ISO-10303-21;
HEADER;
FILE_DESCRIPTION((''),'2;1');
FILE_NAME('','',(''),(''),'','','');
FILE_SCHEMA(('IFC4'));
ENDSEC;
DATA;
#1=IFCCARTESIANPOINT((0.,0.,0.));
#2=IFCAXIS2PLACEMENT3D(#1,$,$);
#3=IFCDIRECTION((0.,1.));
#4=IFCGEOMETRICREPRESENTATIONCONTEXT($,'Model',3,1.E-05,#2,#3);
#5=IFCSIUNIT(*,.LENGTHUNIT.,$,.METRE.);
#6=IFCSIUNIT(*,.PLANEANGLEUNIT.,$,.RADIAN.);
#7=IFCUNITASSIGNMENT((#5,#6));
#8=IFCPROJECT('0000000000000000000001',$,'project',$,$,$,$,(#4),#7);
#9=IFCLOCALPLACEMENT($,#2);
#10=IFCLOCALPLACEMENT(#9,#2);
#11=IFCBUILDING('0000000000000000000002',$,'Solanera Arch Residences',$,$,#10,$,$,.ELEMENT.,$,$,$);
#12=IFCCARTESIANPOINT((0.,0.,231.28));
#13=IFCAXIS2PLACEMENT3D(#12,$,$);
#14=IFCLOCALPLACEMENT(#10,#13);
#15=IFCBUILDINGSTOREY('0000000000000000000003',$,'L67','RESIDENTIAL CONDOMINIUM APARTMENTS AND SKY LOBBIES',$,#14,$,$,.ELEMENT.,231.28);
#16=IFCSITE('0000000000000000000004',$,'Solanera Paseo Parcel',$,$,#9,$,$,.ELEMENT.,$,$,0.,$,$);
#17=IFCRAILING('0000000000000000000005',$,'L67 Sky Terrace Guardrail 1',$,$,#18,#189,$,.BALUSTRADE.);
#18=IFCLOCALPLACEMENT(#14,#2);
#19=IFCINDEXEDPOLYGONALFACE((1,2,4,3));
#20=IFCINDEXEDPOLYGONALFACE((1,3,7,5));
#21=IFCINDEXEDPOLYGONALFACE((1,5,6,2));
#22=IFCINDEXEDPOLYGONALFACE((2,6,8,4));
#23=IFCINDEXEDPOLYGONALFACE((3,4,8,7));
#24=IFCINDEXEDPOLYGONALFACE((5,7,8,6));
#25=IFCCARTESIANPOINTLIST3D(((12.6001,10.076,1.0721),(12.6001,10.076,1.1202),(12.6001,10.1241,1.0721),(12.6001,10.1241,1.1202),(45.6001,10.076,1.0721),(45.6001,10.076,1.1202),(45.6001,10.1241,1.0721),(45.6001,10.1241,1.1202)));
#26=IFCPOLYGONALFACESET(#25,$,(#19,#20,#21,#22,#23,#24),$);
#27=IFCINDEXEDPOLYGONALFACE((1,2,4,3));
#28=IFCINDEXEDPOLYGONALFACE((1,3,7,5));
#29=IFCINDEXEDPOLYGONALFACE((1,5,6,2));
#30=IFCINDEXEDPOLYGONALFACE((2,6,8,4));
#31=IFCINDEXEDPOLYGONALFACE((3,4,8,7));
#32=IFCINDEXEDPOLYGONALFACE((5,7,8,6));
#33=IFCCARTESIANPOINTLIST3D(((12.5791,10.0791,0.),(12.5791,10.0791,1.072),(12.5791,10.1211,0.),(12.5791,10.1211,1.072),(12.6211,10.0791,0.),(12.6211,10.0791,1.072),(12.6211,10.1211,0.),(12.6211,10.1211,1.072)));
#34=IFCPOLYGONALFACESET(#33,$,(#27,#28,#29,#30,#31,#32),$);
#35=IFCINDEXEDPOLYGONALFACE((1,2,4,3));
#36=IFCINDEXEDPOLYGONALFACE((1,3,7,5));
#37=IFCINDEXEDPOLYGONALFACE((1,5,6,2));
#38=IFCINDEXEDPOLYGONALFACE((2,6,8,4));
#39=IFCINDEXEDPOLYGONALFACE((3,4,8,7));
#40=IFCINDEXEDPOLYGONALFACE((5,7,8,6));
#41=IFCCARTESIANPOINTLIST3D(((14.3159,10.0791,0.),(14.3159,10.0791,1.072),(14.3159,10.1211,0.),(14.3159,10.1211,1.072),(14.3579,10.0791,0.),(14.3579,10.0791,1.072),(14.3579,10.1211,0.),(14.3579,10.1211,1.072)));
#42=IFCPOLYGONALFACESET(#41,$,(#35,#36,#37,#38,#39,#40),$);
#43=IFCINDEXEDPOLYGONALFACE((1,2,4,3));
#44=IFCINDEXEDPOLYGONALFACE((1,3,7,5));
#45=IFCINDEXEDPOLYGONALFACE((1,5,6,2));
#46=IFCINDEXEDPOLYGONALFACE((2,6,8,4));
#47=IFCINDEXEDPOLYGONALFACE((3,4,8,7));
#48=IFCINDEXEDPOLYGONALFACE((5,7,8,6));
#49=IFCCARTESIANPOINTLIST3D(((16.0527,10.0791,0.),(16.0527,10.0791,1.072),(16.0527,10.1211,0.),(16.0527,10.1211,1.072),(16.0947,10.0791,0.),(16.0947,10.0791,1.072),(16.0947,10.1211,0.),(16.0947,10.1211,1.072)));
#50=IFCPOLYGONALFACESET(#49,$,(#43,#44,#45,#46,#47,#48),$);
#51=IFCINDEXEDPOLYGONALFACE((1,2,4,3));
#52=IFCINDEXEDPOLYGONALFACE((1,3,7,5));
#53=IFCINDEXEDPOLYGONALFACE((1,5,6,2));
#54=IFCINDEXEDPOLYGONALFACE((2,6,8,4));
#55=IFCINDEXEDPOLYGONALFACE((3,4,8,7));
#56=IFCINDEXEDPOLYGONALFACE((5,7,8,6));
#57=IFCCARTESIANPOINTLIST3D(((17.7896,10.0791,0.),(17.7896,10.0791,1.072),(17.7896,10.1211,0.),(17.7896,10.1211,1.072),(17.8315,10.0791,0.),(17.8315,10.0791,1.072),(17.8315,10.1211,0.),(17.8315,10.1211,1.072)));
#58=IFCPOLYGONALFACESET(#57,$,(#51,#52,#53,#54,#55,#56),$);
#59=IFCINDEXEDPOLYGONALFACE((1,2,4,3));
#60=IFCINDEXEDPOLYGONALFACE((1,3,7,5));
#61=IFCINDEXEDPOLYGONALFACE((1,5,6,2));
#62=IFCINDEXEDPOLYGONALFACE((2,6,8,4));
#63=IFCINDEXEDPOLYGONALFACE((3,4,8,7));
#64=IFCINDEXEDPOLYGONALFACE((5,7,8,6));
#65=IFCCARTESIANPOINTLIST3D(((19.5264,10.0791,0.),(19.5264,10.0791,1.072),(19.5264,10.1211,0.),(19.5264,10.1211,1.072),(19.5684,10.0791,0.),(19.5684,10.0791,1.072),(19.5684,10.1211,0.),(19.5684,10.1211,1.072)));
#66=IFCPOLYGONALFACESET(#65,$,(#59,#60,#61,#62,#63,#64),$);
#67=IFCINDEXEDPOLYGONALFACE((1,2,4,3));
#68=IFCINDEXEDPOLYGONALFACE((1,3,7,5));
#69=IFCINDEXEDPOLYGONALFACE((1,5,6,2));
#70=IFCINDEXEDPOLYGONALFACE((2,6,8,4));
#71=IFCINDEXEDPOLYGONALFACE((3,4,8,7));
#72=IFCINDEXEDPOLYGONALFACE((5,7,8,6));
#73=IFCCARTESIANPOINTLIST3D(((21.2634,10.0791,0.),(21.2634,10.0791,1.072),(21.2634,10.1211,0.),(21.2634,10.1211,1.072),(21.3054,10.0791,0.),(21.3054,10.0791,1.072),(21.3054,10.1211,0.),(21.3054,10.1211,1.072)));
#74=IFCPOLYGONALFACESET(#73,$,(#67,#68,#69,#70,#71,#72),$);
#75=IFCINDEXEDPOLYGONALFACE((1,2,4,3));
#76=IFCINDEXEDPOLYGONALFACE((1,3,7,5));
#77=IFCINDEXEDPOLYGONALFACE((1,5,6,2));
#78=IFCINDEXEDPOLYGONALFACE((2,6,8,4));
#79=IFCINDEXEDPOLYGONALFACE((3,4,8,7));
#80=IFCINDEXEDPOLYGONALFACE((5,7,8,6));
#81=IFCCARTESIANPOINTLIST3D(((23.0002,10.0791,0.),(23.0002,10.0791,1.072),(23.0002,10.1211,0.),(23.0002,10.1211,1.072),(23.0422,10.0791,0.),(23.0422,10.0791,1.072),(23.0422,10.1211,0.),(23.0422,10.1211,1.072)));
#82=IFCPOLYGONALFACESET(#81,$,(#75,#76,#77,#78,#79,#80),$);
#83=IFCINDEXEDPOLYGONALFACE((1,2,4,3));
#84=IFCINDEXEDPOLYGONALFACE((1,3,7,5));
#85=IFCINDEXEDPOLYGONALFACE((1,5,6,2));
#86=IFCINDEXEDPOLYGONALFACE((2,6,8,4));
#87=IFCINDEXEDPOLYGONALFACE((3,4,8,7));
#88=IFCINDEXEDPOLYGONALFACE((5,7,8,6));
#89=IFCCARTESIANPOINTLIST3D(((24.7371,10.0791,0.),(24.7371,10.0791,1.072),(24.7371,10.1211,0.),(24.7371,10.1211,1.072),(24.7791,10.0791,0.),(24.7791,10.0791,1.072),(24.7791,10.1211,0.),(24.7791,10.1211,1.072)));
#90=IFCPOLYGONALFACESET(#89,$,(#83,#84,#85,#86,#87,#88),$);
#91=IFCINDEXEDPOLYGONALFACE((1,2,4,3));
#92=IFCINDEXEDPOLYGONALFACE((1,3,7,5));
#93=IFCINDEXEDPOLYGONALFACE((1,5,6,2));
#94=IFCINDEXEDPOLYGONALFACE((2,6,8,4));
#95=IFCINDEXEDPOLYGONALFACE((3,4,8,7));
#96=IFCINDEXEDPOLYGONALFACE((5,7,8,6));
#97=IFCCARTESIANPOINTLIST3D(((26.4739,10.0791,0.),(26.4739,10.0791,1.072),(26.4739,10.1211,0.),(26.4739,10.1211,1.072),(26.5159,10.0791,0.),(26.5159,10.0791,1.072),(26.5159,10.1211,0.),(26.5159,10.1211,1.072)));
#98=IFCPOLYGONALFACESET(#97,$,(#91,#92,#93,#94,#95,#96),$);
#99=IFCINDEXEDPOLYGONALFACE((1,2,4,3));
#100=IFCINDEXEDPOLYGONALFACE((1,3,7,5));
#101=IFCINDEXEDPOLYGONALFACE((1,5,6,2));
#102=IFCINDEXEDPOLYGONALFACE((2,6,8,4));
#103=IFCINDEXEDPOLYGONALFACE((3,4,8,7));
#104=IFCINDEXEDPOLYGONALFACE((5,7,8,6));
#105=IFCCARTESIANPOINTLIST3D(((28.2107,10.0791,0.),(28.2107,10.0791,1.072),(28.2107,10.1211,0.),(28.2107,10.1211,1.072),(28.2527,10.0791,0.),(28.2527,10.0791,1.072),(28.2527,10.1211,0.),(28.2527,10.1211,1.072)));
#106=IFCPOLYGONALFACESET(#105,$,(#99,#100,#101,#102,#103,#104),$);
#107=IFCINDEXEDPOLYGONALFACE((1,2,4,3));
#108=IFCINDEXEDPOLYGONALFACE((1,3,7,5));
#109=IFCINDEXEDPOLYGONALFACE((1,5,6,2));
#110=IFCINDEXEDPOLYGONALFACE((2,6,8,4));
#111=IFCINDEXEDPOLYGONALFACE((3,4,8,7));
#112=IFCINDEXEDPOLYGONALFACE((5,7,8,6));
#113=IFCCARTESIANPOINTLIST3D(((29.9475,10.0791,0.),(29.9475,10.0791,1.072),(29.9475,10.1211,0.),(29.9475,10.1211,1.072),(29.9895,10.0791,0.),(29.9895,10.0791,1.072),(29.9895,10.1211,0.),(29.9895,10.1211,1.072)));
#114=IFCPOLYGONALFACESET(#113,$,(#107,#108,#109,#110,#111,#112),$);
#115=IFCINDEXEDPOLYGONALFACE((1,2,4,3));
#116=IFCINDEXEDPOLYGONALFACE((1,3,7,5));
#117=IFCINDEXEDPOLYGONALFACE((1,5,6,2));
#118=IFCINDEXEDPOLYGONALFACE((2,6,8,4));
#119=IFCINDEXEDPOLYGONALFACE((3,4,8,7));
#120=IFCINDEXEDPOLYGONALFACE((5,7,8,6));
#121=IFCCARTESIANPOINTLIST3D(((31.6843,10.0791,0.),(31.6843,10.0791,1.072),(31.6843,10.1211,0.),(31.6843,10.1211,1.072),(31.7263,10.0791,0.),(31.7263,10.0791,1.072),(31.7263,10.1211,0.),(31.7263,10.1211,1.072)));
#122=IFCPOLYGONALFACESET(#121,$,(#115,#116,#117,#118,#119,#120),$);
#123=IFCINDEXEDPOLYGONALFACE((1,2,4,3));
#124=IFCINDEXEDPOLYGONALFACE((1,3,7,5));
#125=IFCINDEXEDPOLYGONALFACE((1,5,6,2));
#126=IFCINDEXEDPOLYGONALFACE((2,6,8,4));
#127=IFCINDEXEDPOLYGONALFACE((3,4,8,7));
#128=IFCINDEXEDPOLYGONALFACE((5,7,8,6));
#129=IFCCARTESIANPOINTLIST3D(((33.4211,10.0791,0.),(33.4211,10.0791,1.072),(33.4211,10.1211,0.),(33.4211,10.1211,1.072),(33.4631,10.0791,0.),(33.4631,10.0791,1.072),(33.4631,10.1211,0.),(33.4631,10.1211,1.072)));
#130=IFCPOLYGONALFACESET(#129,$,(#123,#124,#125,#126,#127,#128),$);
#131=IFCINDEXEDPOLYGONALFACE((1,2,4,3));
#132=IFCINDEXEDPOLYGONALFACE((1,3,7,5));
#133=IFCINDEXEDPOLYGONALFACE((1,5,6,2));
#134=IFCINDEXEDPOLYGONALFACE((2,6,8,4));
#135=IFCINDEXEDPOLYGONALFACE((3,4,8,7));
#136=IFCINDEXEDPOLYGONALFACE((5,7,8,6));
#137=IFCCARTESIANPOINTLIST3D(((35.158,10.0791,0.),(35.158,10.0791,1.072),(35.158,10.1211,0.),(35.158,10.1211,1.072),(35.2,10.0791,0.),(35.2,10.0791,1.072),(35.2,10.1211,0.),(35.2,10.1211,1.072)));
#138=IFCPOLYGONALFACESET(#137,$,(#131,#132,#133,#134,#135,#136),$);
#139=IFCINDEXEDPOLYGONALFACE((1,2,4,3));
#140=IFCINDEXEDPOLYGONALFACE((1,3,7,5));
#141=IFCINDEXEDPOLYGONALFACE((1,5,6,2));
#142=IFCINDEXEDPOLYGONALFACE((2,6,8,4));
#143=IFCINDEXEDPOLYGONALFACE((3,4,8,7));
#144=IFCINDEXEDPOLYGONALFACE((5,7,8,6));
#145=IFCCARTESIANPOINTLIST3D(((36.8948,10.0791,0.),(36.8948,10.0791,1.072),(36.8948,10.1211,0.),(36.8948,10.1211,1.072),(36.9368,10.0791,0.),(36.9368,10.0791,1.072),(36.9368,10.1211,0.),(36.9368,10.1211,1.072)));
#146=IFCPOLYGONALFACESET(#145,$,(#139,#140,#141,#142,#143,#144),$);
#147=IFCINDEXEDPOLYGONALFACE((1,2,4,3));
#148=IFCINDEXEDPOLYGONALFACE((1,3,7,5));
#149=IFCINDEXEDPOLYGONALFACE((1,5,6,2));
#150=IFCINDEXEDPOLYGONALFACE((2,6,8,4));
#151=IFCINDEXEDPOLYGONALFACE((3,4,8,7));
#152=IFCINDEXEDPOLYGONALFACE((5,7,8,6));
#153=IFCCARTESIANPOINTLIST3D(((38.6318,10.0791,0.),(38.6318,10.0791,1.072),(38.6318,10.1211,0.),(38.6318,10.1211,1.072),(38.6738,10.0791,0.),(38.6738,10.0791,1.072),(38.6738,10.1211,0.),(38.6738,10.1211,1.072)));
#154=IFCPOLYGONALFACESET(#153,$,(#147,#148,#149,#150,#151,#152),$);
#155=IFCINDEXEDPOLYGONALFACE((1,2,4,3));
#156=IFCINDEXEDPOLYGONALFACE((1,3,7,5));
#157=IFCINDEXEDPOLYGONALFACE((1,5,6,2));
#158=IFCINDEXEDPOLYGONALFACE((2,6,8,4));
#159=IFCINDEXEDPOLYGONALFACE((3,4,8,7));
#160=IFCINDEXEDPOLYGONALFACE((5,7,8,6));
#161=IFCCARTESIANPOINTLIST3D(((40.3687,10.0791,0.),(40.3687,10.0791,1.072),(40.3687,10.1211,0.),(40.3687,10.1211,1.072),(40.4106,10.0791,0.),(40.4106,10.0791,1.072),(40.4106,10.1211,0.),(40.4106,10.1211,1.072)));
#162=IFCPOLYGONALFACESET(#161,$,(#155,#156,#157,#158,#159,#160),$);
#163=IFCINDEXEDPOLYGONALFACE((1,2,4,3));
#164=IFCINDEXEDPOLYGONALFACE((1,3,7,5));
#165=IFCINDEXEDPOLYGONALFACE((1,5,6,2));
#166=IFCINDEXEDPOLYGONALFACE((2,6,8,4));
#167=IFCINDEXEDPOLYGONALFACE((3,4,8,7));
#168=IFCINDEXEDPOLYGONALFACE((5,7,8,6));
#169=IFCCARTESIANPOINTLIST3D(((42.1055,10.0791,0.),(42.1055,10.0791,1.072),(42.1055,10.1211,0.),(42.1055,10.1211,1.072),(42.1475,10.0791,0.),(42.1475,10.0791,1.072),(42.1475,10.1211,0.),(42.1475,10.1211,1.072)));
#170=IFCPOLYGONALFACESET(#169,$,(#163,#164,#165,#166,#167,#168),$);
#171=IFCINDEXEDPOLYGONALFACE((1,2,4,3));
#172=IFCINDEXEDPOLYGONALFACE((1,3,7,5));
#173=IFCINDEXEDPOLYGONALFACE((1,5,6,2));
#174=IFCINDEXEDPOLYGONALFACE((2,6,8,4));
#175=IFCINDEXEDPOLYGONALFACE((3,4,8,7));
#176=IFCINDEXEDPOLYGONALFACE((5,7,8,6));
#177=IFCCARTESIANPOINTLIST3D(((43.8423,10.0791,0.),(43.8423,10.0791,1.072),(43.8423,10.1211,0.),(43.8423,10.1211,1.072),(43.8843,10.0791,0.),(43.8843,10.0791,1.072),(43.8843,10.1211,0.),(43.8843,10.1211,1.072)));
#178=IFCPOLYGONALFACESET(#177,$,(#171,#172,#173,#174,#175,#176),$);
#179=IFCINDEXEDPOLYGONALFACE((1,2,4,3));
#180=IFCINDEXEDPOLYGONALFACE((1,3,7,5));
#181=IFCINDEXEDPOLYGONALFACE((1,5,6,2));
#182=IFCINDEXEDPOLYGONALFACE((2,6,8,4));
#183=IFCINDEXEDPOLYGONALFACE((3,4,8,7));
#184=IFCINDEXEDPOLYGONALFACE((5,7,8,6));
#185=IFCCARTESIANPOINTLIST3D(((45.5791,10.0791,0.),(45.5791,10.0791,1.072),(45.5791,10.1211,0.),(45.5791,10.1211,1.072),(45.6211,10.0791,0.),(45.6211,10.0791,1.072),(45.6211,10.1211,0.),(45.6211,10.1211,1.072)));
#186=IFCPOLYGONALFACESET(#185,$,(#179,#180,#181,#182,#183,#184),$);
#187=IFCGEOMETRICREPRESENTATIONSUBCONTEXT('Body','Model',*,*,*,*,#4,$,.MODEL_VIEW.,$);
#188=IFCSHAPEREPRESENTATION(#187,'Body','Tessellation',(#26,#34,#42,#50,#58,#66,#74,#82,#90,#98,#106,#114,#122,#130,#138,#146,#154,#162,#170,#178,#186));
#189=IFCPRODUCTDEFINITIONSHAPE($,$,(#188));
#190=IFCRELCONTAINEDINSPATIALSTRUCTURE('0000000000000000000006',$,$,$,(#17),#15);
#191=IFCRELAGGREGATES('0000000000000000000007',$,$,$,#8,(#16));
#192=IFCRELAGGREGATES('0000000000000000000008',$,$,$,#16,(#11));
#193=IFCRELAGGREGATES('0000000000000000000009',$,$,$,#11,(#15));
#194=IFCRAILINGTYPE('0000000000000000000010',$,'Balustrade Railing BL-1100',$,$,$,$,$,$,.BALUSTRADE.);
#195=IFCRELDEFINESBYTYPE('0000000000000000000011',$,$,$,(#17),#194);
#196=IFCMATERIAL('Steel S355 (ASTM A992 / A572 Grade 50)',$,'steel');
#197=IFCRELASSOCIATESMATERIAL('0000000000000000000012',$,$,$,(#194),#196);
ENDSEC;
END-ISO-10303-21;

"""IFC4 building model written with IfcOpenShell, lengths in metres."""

from ifc_helpers import new_model, si_unit, direction, frame, origin, origin_2d, place, context, subcontext, project, spatial, rectangle, extrude, material, type_object, element, save


model = new_model("IFC4")

# Units and contexts
model_context = context("Model", 3, precision=1e-05, world=origin(), true_north=direction((0.0, 1.0)))
body_context = subcontext(model_context, "Body", "Model", "MODEL_VIEW")
ifc_project = project(units=[si_unit("LENGTHUNIT", "METRE"), si_unit("PLANEANGLEUNIT", "RADIAN")], contexts=[model_context])

# Site, building, storey
site_placement = place(None, origin())
site = spatial("IfcSite", under=ifc_project, at=site_placement, Name="Solanera Paseo Parcel", CompositionType="ELEMENT", RefElevation=0.0)
building_placement = place(site_placement, origin())
building = spatial("IfcBuilding", under=site, at=building_placement, Name="Solanera Arch Residences", CompositionType="ELEMENT")
storey_placement = place(building_placement, frame((0.0, 0.0, 231.28)))
storey = spatial("IfcBuildingStorey", under=building, at=storey_placement, Name="L67", Description="RESIDENTIAL CONDOMINIUM APARTMENTS AND SKY LOBBIES", CompositionType="ELEMENT", Elevation=231.28)

# Railing
ifc_material_1 = material(Name="Steel S355 (ASTM A992 / A572 Grade 50)", Category="steel")
railing_type = type_object("IfcRailingType", Name="Balustrade Railing BL-1100", PredefinedType="BALUSTRADE", material=ifc_material_1)
railing_1_placement = place(storey_placement, frame((12.6001, 10.1001, 0.0)))
element("IfcRailing", 1, at=railing_1_placement, inside=storey, type_object=railing_type, Name="L67 Sky Terrace Guardrail 1", PredefinedType="BALUSTRADE", context=body_context, shape_type="SweptSolid", body=[
    extrude(rectangle(XDim=0.0481, YDim=0.0481, at=origin_2d()), frame((0.0, 0.0, 1.0962), z_axis=(1.0, 0.0, 0.0), x_axis=(0.0, 1.0, 0.0)), (0.0, 0.0, 1.0), 33.0),
    extrude(rectangle(XDim=0.042, YDim=0.042, at=origin_2d()), origin(), (0.0, 0.0, 1.0), 1.072),
    extrude(rectangle(XDim=0.042, YDim=0.042, at=origin_2d()), frame((1.7368, 0.0, 0.0)), (0.0, 0.0, 1.0), 1.072),
    extrude(rectangle(XDim=0.042, YDim=0.042, at=origin_2d()), frame((3.4736, 0.0, 0.0)), (0.0, 0.0, 1.0), 1.072),
    extrude(rectangle(XDim=0.042, YDim=0.042, at=origin_2d()), frame((5.2104, 0.0, 0.0)), (0.0, 0.0, 1.0), 1.072),
    extrude(rectangle(XDim=0.042, YDim=0.042, at=origin_2d()), frame((6.9473, 0.0, 0.0)), (0.0, 0.0, 1.0), 1.072),
    extrude(rectangle(XDim=0.042, YDim=0.042, at=origin_2d()), frame((8.6843, 0.0, 0.0)), (0.0, 0.0, 1.0), 1.072),
    extrude(rectangle(XDim=0.042, YDim=0.042, at=origin_2d()), frame((10.4211, 0.0, 0.0)), (0.0, 0.0, 1.0), 1.072),
    extrude(rectangle(XDim=0.042, YDim=0.042, at=origin_2d()), frame((12.158, 0.0, 0.0)), (0.0, 0.0, 1.0), 1.072),
    extrude(rectangle(XDim=0.042, YDim=0.042, at=origin_2d()), frame((13.8948, 0.0, 0.0)), (0.0, 0.0, 1.0), 1.072),
    extrude(rectangle(XDim=0.042, YDim=0.042, at=origin_2d()), frame((15.6316, 0.0, 0.0)), (0.0, 0.0, 1.0), 1.072),
    extrude(rectangle(XDim=0.042, YDim=0.042, at=origin_2d()), frame((17.3684, 0.0, 0.0)), (0.0, 0.0, 1.0), 1.072),
    extrude(rectangle(XDim=0.042, YDim=0.042, at=origin_2d()), frame((19.1052, 0.0, 0.0)), (0.0, 0.0, 1.0), 1.072),
    extrude(rectangle(XDim=0.042, YDim=0.042, at=origin_2d()), frame((20.842, 0.0, 0.0)), (0.0, 0.0, 1.0), 1.072),
    extrude(rectangle(XDim=0.042, YDim=0.042, at=origin_2d()), frame((22.5789, 0.0, 0.0)), (0.0, 0.0, 1.0), 1.072),
    extrude(rectangle(XDim=0.042, YDim=0.042, at=origin_2d()), frame((24.3157, 0.0, 0.0)), (0.0, 0.0, 1.0), 1.072),
    extrude(rectangle(XDim=0.042, YDim=0.042, at=origin_2d()), frame((26.0527, 0.0, 0.0)), (0.0, 0.0, 1.0), 1.072),
    extrude(rectangle(XDim=0.042, YDim=0.042, at=origin_2d()), frame((27.7896, 0.0, 0.0)), (0.0, 0.0, 1.0), 1.072),
    extrude(rectangle(XDim=0.042, YDim=0.042, at=origin_2d()), frame((29.5264, 0.0, 0.0)), (0.0, 0.0, 1.0), 1.072),
    extrude(rectangle(XDim=0.042, YDim=0.042, at=origin_2d()), frame((31.2632, 0.0, 0.0)), (0.0, 0.0, 1.0), 1.072),
    extrude(rectangle(XDim=0.042, YDim=0.042, at=origin_2d()), frame((33.0, 0.0, 0.0)), (0.0, 0.0, 1.0), 1.072),
])

save(model, "model.ifc")
